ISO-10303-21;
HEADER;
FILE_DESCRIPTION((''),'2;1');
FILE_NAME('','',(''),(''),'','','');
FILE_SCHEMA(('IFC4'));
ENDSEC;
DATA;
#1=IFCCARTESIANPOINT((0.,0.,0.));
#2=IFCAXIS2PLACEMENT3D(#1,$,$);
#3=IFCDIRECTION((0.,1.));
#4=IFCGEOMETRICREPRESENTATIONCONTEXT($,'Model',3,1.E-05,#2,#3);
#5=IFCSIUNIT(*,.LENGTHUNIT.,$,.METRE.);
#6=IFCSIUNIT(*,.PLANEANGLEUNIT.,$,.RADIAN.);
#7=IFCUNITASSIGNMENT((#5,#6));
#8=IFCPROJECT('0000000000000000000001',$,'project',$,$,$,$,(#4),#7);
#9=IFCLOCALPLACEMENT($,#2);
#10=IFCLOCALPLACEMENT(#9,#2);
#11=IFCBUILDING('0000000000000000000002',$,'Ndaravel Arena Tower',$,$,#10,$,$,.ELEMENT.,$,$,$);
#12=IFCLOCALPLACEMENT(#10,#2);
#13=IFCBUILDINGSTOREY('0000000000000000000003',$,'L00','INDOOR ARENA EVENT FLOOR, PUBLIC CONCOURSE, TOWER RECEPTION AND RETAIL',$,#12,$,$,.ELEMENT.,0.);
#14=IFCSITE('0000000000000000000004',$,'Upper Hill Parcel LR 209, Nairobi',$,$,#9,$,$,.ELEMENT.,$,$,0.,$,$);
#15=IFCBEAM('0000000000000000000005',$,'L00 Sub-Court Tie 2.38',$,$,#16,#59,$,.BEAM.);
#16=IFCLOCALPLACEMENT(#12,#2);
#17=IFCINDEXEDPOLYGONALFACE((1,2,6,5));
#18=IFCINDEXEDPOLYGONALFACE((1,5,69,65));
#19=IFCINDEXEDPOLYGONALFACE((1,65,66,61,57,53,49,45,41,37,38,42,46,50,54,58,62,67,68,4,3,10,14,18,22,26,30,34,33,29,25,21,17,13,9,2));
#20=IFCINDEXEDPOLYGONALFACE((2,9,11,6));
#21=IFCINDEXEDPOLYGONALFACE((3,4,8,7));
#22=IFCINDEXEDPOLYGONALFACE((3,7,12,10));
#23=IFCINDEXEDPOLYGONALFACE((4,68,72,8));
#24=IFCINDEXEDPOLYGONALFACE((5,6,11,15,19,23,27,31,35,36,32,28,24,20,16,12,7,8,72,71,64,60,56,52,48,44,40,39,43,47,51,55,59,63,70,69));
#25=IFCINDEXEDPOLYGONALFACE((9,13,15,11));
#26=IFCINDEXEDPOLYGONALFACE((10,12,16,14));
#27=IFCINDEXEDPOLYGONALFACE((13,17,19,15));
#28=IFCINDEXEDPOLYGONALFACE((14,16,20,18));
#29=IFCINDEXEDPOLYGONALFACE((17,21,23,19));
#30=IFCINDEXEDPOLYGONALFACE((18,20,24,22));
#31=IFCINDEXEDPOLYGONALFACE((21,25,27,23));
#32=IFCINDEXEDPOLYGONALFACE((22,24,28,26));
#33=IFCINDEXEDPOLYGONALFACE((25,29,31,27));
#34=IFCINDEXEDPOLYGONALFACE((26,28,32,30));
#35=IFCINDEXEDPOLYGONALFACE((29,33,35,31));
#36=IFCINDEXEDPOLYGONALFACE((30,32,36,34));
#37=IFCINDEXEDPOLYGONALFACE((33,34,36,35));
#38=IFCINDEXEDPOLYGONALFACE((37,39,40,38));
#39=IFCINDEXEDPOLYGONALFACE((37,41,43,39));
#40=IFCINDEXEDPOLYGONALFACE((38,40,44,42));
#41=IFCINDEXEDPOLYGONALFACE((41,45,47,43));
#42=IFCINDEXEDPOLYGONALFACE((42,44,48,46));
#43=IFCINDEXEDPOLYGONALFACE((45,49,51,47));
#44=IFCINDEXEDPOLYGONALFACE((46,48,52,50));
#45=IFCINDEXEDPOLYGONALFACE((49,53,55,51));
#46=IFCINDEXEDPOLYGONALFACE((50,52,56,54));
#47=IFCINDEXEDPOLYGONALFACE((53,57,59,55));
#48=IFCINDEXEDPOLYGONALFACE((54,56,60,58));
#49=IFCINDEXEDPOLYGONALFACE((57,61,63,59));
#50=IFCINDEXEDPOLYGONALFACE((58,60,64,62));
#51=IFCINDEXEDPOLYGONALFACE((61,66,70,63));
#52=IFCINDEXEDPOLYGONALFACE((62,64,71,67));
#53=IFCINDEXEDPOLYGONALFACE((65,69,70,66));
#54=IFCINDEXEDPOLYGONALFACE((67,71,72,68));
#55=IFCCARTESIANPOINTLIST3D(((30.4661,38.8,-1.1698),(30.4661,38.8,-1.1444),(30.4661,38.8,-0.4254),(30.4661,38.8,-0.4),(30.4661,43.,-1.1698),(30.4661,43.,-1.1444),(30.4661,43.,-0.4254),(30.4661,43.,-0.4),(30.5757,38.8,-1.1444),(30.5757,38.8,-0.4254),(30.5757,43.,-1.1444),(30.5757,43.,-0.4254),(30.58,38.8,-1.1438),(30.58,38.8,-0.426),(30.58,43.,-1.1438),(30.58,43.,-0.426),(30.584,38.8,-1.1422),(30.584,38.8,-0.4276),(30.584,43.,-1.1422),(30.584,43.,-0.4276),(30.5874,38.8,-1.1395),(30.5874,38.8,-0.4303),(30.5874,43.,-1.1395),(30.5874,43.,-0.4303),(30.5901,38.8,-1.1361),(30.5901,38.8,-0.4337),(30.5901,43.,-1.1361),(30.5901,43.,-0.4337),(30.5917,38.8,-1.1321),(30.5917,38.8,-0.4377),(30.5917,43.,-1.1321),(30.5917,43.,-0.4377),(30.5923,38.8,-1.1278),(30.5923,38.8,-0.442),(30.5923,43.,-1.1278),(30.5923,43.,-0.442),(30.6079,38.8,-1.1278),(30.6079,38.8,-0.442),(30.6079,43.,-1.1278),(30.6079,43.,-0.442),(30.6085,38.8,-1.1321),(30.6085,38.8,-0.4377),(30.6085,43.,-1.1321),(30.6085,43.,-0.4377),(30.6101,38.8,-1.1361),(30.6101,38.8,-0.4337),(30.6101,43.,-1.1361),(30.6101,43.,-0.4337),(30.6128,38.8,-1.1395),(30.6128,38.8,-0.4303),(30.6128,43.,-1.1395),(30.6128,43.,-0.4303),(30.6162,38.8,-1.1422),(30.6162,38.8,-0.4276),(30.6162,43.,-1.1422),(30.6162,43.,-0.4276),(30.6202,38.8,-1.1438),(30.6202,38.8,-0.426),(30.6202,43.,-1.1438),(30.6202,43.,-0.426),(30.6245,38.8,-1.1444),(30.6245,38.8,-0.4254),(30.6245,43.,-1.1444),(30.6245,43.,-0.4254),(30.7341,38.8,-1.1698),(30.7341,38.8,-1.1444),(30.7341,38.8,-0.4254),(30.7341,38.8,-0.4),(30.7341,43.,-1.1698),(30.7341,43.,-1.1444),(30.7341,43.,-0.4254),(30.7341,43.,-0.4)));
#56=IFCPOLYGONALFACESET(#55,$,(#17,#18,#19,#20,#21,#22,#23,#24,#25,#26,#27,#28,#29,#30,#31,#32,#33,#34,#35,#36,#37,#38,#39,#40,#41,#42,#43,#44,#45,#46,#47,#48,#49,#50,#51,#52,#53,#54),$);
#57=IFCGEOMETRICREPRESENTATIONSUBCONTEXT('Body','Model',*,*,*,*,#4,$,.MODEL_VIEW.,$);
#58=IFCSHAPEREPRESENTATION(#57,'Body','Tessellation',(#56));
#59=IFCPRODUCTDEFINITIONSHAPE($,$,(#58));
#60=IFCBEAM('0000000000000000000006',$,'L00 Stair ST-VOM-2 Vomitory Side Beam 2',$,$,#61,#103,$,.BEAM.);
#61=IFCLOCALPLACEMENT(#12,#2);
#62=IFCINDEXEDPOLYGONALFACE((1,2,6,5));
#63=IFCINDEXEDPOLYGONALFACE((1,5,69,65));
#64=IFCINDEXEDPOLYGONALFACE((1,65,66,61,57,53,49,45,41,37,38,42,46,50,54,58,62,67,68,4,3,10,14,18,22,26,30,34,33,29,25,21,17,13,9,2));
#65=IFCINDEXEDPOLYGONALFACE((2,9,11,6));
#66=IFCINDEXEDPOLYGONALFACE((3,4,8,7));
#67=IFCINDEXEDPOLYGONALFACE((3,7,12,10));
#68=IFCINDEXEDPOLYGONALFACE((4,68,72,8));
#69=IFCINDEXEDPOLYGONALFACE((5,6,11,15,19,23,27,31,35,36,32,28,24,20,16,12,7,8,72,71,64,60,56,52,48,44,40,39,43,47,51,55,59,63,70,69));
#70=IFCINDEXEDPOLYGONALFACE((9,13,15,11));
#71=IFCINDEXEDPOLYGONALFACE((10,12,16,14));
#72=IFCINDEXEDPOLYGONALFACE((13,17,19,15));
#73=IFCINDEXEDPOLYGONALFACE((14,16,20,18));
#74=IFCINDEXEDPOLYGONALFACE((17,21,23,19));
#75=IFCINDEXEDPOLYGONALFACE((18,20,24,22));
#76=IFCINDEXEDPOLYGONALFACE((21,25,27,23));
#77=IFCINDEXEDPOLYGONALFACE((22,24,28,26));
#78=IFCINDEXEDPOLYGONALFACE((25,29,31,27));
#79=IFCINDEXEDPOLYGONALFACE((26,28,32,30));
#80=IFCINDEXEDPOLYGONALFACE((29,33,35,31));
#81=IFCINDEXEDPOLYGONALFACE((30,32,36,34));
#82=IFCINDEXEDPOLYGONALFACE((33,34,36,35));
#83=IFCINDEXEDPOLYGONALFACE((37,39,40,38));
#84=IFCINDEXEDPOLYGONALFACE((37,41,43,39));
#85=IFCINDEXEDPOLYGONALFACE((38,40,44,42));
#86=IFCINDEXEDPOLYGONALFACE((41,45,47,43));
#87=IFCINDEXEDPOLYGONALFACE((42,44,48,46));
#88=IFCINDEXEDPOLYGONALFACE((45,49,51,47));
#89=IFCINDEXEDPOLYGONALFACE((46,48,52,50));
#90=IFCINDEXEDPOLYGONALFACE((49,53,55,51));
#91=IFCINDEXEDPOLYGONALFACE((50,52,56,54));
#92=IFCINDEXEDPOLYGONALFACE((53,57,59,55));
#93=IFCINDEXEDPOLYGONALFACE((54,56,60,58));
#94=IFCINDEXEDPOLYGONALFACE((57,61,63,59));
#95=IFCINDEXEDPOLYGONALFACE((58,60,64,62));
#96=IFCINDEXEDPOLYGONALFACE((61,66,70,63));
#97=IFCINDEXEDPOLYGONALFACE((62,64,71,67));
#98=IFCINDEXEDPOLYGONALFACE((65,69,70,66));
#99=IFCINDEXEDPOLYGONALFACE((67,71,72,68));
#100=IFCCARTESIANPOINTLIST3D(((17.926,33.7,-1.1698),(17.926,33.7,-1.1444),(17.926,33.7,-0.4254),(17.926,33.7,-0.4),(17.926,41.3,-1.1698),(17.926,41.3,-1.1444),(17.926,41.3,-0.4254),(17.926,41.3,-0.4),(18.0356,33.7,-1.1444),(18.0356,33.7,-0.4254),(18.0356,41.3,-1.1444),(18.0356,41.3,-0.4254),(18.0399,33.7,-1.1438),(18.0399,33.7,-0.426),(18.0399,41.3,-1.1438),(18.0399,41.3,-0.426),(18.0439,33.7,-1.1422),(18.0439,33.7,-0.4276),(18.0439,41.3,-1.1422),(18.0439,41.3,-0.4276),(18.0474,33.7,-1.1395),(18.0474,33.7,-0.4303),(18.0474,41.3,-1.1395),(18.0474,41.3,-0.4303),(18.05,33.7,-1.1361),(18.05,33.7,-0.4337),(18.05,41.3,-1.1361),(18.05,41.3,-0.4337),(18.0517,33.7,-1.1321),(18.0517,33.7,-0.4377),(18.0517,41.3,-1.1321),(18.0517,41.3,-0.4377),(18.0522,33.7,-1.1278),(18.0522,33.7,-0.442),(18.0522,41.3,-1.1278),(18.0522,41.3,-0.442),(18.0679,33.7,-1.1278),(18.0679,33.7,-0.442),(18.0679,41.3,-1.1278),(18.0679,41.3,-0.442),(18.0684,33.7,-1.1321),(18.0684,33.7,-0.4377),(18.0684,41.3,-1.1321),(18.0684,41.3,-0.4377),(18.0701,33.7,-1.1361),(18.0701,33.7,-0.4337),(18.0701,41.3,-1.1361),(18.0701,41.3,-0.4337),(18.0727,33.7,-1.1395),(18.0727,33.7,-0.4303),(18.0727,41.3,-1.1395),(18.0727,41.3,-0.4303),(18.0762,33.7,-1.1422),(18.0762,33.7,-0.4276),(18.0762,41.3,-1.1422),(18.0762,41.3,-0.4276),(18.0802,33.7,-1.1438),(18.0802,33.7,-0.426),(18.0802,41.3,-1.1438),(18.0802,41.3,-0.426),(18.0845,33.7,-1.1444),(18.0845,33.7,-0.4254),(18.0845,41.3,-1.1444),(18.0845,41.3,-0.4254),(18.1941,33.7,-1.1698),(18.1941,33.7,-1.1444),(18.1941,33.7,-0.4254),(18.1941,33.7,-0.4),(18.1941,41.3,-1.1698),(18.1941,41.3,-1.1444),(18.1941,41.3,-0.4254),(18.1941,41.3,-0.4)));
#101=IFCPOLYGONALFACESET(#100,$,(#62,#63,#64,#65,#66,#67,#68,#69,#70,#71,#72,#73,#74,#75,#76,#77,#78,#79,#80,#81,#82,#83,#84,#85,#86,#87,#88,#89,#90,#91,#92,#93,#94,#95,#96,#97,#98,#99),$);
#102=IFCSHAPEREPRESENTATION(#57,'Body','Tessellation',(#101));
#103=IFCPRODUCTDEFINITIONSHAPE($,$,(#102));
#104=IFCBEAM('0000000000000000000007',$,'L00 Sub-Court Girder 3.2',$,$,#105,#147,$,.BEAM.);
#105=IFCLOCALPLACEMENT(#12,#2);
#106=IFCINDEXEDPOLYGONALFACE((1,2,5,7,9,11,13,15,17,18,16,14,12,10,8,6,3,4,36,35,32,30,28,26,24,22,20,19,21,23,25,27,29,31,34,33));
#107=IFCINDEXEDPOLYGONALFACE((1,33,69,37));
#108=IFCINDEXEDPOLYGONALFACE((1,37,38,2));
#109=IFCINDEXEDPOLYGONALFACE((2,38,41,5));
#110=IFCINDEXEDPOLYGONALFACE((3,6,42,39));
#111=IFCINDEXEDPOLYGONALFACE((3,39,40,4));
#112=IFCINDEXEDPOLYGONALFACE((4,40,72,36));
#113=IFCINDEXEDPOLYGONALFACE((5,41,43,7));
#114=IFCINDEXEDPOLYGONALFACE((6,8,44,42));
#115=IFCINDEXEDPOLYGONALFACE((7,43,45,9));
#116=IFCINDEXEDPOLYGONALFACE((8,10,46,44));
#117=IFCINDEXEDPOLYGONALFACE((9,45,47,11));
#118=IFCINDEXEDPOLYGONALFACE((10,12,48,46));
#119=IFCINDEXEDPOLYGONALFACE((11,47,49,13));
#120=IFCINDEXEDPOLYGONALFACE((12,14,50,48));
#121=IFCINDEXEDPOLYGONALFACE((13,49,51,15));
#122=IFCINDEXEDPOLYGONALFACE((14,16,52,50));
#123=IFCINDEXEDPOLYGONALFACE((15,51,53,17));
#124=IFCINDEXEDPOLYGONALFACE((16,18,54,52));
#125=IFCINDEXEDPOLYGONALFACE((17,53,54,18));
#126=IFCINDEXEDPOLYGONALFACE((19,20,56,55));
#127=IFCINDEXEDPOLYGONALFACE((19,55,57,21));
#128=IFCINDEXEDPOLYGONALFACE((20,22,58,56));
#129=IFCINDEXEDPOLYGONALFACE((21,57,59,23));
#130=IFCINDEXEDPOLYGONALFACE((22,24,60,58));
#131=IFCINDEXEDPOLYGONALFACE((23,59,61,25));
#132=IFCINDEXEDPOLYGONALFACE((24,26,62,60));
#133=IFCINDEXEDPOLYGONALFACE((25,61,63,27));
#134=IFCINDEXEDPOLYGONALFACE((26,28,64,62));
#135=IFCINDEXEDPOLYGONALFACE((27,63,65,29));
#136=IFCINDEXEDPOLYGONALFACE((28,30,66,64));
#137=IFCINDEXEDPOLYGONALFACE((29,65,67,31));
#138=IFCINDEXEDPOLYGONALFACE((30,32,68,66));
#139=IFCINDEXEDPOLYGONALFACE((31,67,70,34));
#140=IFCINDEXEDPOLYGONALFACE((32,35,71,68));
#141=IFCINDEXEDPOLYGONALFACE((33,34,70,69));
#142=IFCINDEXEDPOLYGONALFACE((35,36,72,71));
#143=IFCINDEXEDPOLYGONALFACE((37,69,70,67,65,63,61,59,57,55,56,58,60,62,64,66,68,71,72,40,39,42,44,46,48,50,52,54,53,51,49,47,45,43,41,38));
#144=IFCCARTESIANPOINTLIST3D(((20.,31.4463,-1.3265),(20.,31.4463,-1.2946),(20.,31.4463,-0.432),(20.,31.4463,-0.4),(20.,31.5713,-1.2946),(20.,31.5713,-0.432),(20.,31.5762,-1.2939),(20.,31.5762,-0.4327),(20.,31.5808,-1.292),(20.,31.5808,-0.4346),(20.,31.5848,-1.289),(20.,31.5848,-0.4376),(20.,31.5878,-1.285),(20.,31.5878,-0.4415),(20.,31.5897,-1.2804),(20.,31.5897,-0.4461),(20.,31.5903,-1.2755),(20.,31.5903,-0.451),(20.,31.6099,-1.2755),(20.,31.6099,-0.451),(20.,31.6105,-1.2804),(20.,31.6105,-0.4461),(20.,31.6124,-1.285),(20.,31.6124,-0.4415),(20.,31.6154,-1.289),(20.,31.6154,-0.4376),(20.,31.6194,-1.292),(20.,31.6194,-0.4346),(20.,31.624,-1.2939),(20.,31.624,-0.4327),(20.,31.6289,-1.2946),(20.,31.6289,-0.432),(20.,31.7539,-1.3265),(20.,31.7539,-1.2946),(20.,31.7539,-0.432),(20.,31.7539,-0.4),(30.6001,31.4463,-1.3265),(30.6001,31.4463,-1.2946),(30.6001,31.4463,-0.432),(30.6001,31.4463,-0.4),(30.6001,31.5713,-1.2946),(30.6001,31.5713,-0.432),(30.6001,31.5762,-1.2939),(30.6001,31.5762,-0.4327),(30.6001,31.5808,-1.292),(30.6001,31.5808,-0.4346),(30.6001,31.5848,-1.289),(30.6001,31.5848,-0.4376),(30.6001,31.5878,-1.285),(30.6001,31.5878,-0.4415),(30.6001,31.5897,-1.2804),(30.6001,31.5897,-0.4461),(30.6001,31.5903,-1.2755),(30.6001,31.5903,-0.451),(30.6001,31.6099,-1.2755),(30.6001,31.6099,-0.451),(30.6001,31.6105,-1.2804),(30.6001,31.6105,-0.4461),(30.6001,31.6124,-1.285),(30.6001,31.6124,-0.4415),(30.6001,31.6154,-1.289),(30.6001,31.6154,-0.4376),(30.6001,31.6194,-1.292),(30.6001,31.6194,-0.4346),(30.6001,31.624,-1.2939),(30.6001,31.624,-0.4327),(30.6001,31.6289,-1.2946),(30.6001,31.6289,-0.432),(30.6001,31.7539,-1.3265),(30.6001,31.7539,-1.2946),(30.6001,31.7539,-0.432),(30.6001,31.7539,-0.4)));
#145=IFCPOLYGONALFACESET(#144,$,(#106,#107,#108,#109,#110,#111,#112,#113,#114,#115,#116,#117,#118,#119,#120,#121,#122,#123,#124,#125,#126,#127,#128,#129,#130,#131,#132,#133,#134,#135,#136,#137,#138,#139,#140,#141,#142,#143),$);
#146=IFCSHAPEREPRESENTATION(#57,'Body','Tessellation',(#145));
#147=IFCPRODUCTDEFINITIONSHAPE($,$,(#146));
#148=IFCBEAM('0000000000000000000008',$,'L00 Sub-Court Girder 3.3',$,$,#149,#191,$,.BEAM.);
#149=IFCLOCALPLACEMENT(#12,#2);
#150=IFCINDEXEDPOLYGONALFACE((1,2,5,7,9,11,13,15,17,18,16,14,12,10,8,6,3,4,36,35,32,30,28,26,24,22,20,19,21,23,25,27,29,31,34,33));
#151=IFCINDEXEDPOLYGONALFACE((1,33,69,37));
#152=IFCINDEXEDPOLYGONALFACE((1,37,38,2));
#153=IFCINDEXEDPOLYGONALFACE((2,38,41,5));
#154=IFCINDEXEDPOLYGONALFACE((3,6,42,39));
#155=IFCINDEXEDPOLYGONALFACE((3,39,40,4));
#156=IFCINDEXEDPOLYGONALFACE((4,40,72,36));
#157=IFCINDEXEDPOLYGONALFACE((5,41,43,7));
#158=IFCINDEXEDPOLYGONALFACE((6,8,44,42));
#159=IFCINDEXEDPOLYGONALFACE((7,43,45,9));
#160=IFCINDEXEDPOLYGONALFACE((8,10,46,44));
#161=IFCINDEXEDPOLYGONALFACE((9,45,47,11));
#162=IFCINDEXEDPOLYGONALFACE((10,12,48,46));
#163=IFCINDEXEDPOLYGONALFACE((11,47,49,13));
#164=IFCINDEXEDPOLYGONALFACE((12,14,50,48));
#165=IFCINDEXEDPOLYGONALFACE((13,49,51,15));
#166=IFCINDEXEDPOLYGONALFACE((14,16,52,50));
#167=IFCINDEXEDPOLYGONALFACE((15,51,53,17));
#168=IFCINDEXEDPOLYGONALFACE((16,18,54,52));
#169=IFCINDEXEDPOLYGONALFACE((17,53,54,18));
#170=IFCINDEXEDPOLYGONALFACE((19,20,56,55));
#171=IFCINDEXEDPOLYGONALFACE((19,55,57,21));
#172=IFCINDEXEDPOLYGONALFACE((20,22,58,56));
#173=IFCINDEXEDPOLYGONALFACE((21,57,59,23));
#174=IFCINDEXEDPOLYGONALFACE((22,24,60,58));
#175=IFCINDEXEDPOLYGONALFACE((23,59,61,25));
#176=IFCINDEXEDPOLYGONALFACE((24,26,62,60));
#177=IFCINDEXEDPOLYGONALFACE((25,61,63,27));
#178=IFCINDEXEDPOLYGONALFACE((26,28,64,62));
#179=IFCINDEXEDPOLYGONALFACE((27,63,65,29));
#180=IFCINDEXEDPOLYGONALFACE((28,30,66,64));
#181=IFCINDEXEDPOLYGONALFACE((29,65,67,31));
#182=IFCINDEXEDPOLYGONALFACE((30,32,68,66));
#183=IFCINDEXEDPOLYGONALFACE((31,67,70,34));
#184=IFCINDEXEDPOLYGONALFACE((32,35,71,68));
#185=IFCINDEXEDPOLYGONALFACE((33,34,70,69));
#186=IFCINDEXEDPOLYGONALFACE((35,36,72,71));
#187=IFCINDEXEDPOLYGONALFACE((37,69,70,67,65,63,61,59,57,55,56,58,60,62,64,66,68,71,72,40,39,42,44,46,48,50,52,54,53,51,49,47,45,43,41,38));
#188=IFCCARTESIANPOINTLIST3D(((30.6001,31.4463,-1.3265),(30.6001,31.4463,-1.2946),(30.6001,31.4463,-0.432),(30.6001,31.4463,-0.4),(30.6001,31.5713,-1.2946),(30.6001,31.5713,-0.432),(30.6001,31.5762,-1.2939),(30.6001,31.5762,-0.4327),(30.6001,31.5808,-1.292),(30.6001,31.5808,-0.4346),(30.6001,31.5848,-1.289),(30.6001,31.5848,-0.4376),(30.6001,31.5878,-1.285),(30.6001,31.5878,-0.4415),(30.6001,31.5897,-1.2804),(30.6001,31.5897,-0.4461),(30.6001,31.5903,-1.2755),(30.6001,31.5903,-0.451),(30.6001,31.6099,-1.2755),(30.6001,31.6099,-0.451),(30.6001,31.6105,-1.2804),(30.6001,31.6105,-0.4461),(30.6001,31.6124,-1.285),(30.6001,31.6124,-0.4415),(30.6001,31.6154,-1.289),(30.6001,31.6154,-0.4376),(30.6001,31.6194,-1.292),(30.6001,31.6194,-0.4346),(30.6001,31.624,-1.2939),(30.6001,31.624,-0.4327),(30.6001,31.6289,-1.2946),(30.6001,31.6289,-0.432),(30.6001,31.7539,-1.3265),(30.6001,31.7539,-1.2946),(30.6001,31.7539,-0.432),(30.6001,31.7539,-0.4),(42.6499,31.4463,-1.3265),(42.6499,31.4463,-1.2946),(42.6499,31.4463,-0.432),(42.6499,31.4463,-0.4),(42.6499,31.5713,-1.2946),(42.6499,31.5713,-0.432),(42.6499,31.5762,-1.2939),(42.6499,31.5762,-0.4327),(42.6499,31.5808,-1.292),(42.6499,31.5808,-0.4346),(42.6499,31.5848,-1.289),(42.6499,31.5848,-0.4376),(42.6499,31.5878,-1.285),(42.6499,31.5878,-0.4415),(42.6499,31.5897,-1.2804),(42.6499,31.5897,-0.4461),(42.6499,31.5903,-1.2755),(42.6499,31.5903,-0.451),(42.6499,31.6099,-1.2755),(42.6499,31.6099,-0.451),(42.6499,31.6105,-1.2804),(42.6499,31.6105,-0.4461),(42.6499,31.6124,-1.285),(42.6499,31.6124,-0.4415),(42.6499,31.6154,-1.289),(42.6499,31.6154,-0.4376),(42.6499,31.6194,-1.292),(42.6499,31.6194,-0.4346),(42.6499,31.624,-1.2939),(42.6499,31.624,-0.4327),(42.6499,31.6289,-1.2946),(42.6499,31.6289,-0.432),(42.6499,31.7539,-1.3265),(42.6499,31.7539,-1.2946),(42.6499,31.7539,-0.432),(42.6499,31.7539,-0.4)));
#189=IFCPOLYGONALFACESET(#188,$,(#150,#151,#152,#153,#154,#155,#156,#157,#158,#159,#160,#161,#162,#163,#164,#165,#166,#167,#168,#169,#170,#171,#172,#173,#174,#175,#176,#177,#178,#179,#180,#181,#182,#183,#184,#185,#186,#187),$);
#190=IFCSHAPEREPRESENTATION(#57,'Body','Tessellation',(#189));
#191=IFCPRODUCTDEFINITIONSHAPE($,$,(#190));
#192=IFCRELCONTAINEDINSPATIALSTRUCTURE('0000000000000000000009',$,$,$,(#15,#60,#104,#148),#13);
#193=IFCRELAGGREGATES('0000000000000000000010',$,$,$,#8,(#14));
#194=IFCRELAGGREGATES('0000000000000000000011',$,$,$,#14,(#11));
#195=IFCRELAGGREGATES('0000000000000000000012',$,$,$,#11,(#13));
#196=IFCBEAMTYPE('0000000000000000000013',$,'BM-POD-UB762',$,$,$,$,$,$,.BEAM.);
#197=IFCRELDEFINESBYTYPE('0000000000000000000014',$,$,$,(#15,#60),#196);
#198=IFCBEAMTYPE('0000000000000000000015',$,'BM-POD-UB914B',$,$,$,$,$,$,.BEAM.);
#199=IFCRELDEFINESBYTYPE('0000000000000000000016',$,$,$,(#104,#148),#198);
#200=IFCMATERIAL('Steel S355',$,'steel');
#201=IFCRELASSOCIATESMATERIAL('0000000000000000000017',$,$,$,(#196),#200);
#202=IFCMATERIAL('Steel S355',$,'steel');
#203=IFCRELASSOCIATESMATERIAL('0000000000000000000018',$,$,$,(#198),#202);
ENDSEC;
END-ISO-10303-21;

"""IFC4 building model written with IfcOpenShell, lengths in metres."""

from ifc_helpers import new_model, si_unit, direction, frame, origin, origin_2d, place, context, subcontext, project, spatial, i_section, extrude, material, material_profile, profile_set, type_object, element, save


model = new_model("IFC4")

# Units and contexts
model_context = context("Model", 3, precision=1e-05, world=origin(), true_north=direction((0.0, 1.0)))
body_context = subcontext(model_context, "Body", "Model", "MODEL_VIEW")
ifc_project = project(units=[si_unit("LENGTHUNIT", "METRE"), si_unit("PLANEANGLEUNIT", "RADIAN")], contexts=[model_context])

# Site, building, storey
site_placement = place(None, origin())
site = spatial("IfcSite", under=ifc_project, at=site_placement, Name="Upper Hill Parcel LR 209, Nairobi", CompositionType="ELEMENT", RefElevation=0.0)
building_placement = place(site_placement, origin())
building = spatial("IfcBuilding", under=site, at=building_placement, Name="Ndaravel Arena Tower", CompositionType="ELEMENT")
storey_placement = place(building_placement, origin())
storey = spatial("IfcBuildingStorey", under=building, at=storey_placement, Name="L00", Description="INDOOR ARENA EVENT FLOOR, PUBLIC CONCOURSE, TOWER RECEPTION AND RETAIL", CompositionType="ELEMENT", Elevation=0.0)

# Beams
ifc_material_1 = material(Name="Steel S355", Category="steel")
ifc_material_profile_1 = material_profile(ifc_material_1, i_section(OverallWidth=0.2681, OverallDepth=0.7698, WebThickness=0.0156, FlangeThickness=0.0254, FilletRadius=0.0166, at=origin_2d()), Name="UB 762x267x197")
ifc_profile_set_1 = profile_set([ifc_material_profile_1], Name="Steel S355")
beam_type_1 = type_object("IfcBeamType", Name="BM-POD-UB762", PredefinedType="BEAM", material=ifc_profile_set_1)
beam_1_placement = place(storey_placement, frame((30.6001, 38.8, -0.7849), z_axis=(0.0, 1.0, 0.0), x_axis=(-1.0, 0.0, 0.0)))
element("IfcBeam", 1, at=beam_1_placement, inside=storey, type_object=beam_type_1, Name="L00 Sub-Court Tie 2.38", PredefinedType="BEAM", context=body_context, shape_type="SweptSolid", body=[
    extrude(i_section(OverallWidth=0.2681, OverallDepth=0.7698, WebThickness=0.0156, FlangeThickness=0.0254, FilletRadius=0.0166, at=origin_2d()), origin(), (0.0, 0.0, 1.0), 4.2),
])
beam_2_placement = place(storey_placement, frame((18.0601, 33.7, -0.7849), z_axis=(0.0, 1.0, 0.0), x_axis=(-1.0, 0.0, 0.0)))
element("IfcBeam", 2, at=beam_2_placement, inside=storey, type_object=beam_type_1, Name="L00 Stair ST-VOM-2 Vomitory Side Beam 2", PredefinedType="BEAM", context=body_context, shape_type="SweptSolid", body=[
    extrude(i_section(OverallWidth=0.2681, OverallDepth=0.7698, WebThickness=0.0156, FlangeThickness=0.0254, FilletRadius=0.0166, at=origin_2d()), origin(), (0.0, 0.0, 1.0), 7.6001),
])
ifc_material_2 = material(Name="Steel S355", Category="steel")
ifc_material_profile_2 = material_profile(ifc_material_2, i_section(OverallWidth=0.3076, OverallDepth=0.9265, WebThickness=0.0195, FlangeThickness=0.032, FilletRadius=0.019, at=origin_2d()), Name="UB 914x305x289")
ifc_profile_set_2 = profile_set([ifc_material_profile_2], Name="Steel S355")
beam_type_2 = type_object("IfcBeamType", Name="BM-POD-UB914B", PredefinedType="BEAM", material=ifc_profile_set_2)
beam_3_placement = place(storey_placement, frame((20.0, 31.6001, -0.8633), z_axis=(1.0, 0.0, 0.0), x_axis=(0.0, 1.0, 0.0)))
element("IfcBeam", 3, at=beam_3_placement, inside=storey, type_object=beam_type_2, Name="L00 Sub-Court Girder 3.2", PredefinedType="BEAM", context=body_context, shape_type="SweptSolid", body=[
    extrude(i_section(OverallWidth=0.3076, OverallDepth=0.9265, WebThickness=0.0195, FlangeThickness=0.032, FilletRadius=0.019, at=origin_2d()), origin(), (0.0, 0.0, 1.0), 10.6001),
])
beam_4_placement = place(storey_placement, frame((30.6001, 31.6001, -0.8633), z_axis=(1.0, 0.0, 0.0), x_axis=(0.0, 1.0, 0.0)))
element("IfcBeam", 4, at=beam_4_placement, inside=storey, type_object=beam_type_2, Name="L00 Sub-Court Girder 3.3", PredefinedType="BEAM", context=body_context, shape_type="SweptSolid", body=[
    extrude(i_section(OverallWidth=0.3076, OverallDepth=0.9265, WebThickness=0.0195, FlangeThickness=0.032, FilletRadius=0.019, at=origin_2d()), origin(), (0.0, 0.0, 1.0), 12.0498),
])

save(model, "model.ifc")
